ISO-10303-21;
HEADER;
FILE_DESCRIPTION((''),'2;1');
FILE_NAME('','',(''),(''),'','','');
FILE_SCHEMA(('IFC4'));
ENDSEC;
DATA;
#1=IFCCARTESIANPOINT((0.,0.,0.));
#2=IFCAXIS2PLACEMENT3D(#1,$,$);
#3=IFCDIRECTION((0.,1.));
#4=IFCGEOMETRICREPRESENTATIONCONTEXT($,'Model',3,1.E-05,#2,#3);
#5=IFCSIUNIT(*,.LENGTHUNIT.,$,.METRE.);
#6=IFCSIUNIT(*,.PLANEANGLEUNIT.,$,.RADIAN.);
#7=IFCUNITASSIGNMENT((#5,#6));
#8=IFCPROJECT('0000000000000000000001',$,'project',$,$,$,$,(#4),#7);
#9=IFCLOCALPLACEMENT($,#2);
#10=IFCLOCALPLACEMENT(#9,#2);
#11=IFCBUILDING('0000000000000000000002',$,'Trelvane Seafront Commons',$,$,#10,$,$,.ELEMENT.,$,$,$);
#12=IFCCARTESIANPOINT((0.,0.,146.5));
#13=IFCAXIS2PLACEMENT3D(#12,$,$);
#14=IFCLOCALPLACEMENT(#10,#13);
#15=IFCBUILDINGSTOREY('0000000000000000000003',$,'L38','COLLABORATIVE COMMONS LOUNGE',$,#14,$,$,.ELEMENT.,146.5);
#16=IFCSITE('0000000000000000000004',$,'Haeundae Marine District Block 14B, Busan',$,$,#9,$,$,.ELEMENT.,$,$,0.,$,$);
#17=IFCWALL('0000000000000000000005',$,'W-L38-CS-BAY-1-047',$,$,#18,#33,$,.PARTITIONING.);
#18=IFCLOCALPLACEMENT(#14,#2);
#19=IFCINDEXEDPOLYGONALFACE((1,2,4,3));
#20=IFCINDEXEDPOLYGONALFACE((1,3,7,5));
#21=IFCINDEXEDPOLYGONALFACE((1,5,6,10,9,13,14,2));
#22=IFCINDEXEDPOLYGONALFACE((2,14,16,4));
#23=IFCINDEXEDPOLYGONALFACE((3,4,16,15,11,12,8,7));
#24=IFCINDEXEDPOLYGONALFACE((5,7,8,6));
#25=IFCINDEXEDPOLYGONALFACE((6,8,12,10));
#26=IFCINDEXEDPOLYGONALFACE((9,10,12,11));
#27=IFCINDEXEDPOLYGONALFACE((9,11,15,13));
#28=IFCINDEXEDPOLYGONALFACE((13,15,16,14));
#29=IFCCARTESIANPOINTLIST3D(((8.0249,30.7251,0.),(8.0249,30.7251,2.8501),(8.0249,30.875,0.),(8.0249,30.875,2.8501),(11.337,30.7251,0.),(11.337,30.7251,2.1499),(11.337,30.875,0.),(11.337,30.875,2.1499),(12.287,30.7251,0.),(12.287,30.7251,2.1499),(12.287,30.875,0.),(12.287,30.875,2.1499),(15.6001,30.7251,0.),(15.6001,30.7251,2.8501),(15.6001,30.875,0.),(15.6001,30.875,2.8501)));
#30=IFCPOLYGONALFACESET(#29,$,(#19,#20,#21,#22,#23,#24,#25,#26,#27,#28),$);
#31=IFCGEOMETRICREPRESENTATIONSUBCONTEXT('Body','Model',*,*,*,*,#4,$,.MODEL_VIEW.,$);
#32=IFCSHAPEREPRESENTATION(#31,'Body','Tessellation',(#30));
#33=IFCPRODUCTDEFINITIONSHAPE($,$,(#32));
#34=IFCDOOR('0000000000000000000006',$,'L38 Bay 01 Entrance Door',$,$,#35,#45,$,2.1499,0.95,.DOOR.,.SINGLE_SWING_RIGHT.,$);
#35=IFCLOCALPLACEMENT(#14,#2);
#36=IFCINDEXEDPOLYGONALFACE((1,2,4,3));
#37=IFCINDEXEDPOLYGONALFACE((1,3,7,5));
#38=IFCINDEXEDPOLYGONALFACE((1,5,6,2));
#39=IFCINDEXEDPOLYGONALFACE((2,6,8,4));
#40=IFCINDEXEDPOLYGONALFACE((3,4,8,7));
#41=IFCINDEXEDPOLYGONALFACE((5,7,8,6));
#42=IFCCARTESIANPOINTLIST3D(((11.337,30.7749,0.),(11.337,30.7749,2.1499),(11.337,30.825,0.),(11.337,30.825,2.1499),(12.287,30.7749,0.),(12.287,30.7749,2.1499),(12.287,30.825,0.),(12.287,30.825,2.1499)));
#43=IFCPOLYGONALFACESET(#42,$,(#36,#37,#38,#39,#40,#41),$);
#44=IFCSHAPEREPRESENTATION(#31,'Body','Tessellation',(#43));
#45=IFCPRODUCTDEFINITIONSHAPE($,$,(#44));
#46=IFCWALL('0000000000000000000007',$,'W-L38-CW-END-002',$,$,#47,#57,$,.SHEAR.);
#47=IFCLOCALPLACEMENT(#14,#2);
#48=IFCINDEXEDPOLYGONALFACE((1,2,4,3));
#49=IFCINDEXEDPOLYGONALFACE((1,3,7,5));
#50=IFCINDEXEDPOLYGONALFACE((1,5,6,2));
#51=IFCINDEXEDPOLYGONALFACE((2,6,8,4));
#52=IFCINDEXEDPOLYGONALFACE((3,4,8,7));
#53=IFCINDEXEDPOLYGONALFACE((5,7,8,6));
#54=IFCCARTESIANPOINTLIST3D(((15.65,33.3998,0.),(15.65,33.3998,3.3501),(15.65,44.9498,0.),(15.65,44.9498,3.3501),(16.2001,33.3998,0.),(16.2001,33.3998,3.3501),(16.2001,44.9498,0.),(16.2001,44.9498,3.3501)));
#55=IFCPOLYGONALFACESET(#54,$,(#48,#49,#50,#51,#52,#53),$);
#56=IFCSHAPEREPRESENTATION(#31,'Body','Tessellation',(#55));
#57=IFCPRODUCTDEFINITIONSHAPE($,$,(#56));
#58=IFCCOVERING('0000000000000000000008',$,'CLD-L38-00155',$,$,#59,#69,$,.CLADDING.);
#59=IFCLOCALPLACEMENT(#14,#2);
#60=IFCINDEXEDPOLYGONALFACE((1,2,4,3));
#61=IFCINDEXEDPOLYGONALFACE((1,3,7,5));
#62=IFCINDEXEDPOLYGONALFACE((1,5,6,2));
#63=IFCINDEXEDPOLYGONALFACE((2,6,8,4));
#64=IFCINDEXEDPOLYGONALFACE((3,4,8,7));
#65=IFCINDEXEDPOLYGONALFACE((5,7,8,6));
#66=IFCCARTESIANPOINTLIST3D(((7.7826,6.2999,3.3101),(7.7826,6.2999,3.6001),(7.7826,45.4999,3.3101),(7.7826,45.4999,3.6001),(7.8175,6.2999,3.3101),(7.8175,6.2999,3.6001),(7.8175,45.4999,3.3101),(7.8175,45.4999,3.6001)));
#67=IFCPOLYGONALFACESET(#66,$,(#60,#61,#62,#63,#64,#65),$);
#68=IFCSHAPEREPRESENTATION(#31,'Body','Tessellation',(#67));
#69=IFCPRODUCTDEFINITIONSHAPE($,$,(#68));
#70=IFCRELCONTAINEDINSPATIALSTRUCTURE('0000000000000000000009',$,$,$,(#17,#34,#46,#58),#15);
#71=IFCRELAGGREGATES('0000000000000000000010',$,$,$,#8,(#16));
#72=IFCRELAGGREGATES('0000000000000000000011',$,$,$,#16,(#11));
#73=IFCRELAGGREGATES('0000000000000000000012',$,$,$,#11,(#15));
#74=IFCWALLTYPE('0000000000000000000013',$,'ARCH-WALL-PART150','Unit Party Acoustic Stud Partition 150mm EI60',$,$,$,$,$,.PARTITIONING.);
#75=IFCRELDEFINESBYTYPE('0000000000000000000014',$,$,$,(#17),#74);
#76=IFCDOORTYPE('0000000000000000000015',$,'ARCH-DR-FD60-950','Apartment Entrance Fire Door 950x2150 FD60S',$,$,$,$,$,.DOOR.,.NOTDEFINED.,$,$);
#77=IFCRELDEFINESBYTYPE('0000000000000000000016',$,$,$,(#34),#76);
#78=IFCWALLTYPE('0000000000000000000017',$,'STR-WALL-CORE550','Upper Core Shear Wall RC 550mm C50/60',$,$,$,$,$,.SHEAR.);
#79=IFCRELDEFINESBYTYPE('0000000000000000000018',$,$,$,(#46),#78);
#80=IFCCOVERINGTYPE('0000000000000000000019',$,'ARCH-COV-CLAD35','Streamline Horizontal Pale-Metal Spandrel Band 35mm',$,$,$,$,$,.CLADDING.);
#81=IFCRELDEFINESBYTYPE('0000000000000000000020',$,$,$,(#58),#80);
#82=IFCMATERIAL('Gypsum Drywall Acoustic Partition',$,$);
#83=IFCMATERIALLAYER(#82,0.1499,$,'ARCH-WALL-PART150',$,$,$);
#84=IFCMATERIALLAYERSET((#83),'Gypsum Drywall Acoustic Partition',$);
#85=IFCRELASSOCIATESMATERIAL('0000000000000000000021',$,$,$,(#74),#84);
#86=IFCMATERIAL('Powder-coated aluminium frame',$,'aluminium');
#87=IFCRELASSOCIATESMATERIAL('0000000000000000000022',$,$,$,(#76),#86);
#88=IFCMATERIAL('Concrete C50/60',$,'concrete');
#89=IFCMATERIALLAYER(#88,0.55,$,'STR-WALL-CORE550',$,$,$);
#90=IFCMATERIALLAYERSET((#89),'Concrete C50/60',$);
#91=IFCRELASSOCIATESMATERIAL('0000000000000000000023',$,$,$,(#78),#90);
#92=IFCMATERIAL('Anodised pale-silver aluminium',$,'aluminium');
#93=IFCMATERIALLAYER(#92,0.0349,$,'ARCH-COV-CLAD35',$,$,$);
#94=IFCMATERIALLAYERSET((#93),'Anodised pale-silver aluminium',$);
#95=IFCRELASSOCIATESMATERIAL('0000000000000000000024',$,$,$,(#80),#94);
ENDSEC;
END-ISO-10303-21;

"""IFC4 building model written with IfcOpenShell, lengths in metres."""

from ifc_helpers import new_model, si_unit, direction, frame, frame_2d, origin, origin_2d, place, context, subcontext, project, spatial, rectangle, extrude, source, transform, mapped, material, layer, layer_set, type_object, element, fill, save


model = new_model("IFC4")

# Units and contexts
model_context = context("Model", 3, precision=1e-05, world=origin(), true_north=direction((0.0, 1.0)))
body_context = subcontext(model_context, "Body", "Model", "MODEL_VIEW")
ifc_project = project(units=[si_unit("LENGTHUNIT", "METRE"), si_unit("PLANEANGLEUNIT", "RADIAN")], contexts=[model_context])

# Site, building, storey
site_placement = place(None, origin())
site = spatial("IfcSite", under=ifc_project, at=site_placement, Name="Haeundae Marine District Block 14B, Busan", CompositionType="ELEMENT", RefElevation=0.0)
building_placement = place(site_placement, origin())
building = spatial("IfcBuilding", under=site, at=building_placement, Name="Trelvane Seafront Commons", CompositionType="ELEMENT")
storey_placement = place(building_placement, frame((0.0, 0.0, 146.5)))
storey = spatial("IfcBuildingStorey", under=building, at=storey_placement, Name="L38", Description="COLLABORATIVE COMMONS LOUNGE", CompositionType="ELEMENT", Elevation=146.5)

# Shared definitions
ifc_material_1 = material(Name="Concrete C50/60", Category="concrete")

# Shared definitions
ifc_material_2 = material(Name="Anodised pale-silver aluminium", Category="aluminium")

# Wall, opening, door
ifc_material_3 = material(Name="Gypsum Drywall Acoustic Partition")
shared_shape_1 = source(origin(), body_context, "Body", "SweptSolid", [
    extrude(rectangle(XDim=0.95, YDim=2.1499, at=frame_2d((0.4751, 1.075))), frame((0.0, 0.0249, 0.0), z_axis=(0.0, -1.0, 0.0), x_axis=(1.0, 0.0, 0.0)), (0.0, 0.0, 1.0), 0.05),
])
ifc_layer_1 = layer(ifc_material_3, 0.1499, Name="ARCH-WALL-PART150")
ifc_layer_set_1 = layer_set([ifc_layer_1], Name="Gypsum Drywall Acoustic Partition")
wall_type_1 = type_object("IfcWallType", Name="ARCH-WALL-PART150", Description="Unit Party Acoustic Stud Partition 150mm EI60", PredefinedType="PARTITIONING", material=ifc_layer_set_1)
ifc_material_4 = material(Name="Powder-coated aluminium frame", Category="aluminium")
door_type_1 = type_object("IfcDoorType", Name="ARCH-DR-FD60-950", Description="Apartment Entrance Fire Door 950x2150 FD60S", OperationType="NOTDEFINED", PredefinedType="DOOR", material=ifc_material_4)
wall_1_placement = place(storey_placement, frame((8.0249, 30.8, 0.0), z_axis=(0.0, 0.0, 1.0), x_axis=(1.0, 0.0, 0.0)))
wall_1 = element("IfcWall", 1, at=wall_1_placement, inside=storey, type_object=wall_type_1, Name="W-L38-CS-BAY-1-047", PredefinedType="PARTITIONING", context=body_context, shape_type="SweptSolid", body=[
    extrude(rectangle(XDim=7.5752, YDim=0.1499, at=frame_2d((3.7876, 0.0))), origin(), (0.0, 0.0, 1.0), 2.8501),
])
opening_1_placement = place(wall_1_placement, frame((3.312, 0.0, 0.0)))
opening_1 = element("IfcOpeningElement", 2, at=opening_1_placement, cuts=wall_1, PredefinedType="OPENING", context=body_context, shape_type="SweptSolid", body=[
    extrude(rectangle(XDim=0.95, YDim=2.1499, at=frame_2d((0.4751, 1.075))), frame((0.0, 0.085, 0.0), z_axis=(0.0, -1.0, 0.0), x_axis=(1.0, 0.0, 0.0)), (0.0, 0.0, 1.0), 0.1699),
])
door_1_placement = place(opening_1_placement, origin())
door_1 = element("IfcDoor", 3, at=door_1_placement, inside=storey, type_object=door_type_1, Name="L38 Bay 01 Entrance Door", OperationType="SINGLE_SWING_RIGHT", OverallHeight=2.1499, OverallWidth=0.95, PredefinedType="DOOR", context=body_context, shape_type="MappedRepresentation", body=[
    mapped(shared_shape_1, transform((0.0, 0.0, 0.0), x_axis=(1.0, 0.0, 0.0), y_axis=(0.0, 1.0, 0.0), z_axis=(0.0, 0.0, 1.0), scale=1.0)),
])
fill(opening_1, door_1)

# Wall
ifc_layer_2 = layer(ifc_material_1, 0.55, Name="STR-WALL-CORE550")
ifc_layer_set_2 = layer_set([ifc_layer_2], Name="Concrete C50/60")
wall_type_2 = type_object("IfcWallType", Name="STR-WALL-CORE550", Description="Upper Core Shear Wall RC 550mm C50/60", PredefinedType="SHEAR", material=ifc_layer_set_2)
wall_2_placement = place(storey_placement, frame((15.925, 33.3999, 0.0), z_axis=(0.0, 0.0, 1.0), x_axis=(0.0, 1.0, 0.0)))
element("IfcWall", 4, at=wall_2_placement, inside=storey, type_object=wall_type_2, Name="W-L38-CW-END-002", PredefinedType="SHEAR", context=body_context, shape_type="SweptSolid", body=[
    extrude(rectangle(XDim=11.55, YDim=0.55, at=frame_2d((5.7749, 0.0))), origin(), (0.0, 0.0, 1.0), 3.3501),
])

# Covering
ifc_layer_3 = layer(ifc_material_2, 0.0349, Name="ARCH-COV-CLAD35")
ifc_layer_set_3 = layer_set([ifc_layer_3], Name="Anodised pale-silver aluminium")
covering_type = type_object("IfcCoveringType", Name="ARCH-COV-CLAD35", Description="Streamline Horizontal Pale-Metal Spandrel Band 35mm", PredefinedType="CLADDING", material=ifc_layer_set_3)
shared_shape_2 = source(origin(), body_context, "Body", "SweptSolid", [
    extrude(rectangle(XDim=39.2, YDim=0.0349, at=origin_2d()), origin(), (0.0, 0.0, 1.0), 0.29),
])
covering_placement = place(storey_placement, frame((7.8, 25.8999, 3.3101), z_axis=(0.0, 0.0, 1.0), x_axis=(0.0, 1.0, 0.0)))
element("IfcCovering", 5, at=covering_placement, inside=storey, type_object=covering_type, Name="CLD-L38-00155", PredefinedType="CLADDING", context=body_context, shape_type="MappedRepresentation", body=[
    mapped(shared_shape_2, transform((0.0, 0.0, 0.0), x_axis=(1.0, 0.0, 0.0), y_axis=(0.0, 1.0, 0.0), z_axis=(0.0, 0.0, 1.0), scale=1.0)),
])

save(model, "model.ifc")
